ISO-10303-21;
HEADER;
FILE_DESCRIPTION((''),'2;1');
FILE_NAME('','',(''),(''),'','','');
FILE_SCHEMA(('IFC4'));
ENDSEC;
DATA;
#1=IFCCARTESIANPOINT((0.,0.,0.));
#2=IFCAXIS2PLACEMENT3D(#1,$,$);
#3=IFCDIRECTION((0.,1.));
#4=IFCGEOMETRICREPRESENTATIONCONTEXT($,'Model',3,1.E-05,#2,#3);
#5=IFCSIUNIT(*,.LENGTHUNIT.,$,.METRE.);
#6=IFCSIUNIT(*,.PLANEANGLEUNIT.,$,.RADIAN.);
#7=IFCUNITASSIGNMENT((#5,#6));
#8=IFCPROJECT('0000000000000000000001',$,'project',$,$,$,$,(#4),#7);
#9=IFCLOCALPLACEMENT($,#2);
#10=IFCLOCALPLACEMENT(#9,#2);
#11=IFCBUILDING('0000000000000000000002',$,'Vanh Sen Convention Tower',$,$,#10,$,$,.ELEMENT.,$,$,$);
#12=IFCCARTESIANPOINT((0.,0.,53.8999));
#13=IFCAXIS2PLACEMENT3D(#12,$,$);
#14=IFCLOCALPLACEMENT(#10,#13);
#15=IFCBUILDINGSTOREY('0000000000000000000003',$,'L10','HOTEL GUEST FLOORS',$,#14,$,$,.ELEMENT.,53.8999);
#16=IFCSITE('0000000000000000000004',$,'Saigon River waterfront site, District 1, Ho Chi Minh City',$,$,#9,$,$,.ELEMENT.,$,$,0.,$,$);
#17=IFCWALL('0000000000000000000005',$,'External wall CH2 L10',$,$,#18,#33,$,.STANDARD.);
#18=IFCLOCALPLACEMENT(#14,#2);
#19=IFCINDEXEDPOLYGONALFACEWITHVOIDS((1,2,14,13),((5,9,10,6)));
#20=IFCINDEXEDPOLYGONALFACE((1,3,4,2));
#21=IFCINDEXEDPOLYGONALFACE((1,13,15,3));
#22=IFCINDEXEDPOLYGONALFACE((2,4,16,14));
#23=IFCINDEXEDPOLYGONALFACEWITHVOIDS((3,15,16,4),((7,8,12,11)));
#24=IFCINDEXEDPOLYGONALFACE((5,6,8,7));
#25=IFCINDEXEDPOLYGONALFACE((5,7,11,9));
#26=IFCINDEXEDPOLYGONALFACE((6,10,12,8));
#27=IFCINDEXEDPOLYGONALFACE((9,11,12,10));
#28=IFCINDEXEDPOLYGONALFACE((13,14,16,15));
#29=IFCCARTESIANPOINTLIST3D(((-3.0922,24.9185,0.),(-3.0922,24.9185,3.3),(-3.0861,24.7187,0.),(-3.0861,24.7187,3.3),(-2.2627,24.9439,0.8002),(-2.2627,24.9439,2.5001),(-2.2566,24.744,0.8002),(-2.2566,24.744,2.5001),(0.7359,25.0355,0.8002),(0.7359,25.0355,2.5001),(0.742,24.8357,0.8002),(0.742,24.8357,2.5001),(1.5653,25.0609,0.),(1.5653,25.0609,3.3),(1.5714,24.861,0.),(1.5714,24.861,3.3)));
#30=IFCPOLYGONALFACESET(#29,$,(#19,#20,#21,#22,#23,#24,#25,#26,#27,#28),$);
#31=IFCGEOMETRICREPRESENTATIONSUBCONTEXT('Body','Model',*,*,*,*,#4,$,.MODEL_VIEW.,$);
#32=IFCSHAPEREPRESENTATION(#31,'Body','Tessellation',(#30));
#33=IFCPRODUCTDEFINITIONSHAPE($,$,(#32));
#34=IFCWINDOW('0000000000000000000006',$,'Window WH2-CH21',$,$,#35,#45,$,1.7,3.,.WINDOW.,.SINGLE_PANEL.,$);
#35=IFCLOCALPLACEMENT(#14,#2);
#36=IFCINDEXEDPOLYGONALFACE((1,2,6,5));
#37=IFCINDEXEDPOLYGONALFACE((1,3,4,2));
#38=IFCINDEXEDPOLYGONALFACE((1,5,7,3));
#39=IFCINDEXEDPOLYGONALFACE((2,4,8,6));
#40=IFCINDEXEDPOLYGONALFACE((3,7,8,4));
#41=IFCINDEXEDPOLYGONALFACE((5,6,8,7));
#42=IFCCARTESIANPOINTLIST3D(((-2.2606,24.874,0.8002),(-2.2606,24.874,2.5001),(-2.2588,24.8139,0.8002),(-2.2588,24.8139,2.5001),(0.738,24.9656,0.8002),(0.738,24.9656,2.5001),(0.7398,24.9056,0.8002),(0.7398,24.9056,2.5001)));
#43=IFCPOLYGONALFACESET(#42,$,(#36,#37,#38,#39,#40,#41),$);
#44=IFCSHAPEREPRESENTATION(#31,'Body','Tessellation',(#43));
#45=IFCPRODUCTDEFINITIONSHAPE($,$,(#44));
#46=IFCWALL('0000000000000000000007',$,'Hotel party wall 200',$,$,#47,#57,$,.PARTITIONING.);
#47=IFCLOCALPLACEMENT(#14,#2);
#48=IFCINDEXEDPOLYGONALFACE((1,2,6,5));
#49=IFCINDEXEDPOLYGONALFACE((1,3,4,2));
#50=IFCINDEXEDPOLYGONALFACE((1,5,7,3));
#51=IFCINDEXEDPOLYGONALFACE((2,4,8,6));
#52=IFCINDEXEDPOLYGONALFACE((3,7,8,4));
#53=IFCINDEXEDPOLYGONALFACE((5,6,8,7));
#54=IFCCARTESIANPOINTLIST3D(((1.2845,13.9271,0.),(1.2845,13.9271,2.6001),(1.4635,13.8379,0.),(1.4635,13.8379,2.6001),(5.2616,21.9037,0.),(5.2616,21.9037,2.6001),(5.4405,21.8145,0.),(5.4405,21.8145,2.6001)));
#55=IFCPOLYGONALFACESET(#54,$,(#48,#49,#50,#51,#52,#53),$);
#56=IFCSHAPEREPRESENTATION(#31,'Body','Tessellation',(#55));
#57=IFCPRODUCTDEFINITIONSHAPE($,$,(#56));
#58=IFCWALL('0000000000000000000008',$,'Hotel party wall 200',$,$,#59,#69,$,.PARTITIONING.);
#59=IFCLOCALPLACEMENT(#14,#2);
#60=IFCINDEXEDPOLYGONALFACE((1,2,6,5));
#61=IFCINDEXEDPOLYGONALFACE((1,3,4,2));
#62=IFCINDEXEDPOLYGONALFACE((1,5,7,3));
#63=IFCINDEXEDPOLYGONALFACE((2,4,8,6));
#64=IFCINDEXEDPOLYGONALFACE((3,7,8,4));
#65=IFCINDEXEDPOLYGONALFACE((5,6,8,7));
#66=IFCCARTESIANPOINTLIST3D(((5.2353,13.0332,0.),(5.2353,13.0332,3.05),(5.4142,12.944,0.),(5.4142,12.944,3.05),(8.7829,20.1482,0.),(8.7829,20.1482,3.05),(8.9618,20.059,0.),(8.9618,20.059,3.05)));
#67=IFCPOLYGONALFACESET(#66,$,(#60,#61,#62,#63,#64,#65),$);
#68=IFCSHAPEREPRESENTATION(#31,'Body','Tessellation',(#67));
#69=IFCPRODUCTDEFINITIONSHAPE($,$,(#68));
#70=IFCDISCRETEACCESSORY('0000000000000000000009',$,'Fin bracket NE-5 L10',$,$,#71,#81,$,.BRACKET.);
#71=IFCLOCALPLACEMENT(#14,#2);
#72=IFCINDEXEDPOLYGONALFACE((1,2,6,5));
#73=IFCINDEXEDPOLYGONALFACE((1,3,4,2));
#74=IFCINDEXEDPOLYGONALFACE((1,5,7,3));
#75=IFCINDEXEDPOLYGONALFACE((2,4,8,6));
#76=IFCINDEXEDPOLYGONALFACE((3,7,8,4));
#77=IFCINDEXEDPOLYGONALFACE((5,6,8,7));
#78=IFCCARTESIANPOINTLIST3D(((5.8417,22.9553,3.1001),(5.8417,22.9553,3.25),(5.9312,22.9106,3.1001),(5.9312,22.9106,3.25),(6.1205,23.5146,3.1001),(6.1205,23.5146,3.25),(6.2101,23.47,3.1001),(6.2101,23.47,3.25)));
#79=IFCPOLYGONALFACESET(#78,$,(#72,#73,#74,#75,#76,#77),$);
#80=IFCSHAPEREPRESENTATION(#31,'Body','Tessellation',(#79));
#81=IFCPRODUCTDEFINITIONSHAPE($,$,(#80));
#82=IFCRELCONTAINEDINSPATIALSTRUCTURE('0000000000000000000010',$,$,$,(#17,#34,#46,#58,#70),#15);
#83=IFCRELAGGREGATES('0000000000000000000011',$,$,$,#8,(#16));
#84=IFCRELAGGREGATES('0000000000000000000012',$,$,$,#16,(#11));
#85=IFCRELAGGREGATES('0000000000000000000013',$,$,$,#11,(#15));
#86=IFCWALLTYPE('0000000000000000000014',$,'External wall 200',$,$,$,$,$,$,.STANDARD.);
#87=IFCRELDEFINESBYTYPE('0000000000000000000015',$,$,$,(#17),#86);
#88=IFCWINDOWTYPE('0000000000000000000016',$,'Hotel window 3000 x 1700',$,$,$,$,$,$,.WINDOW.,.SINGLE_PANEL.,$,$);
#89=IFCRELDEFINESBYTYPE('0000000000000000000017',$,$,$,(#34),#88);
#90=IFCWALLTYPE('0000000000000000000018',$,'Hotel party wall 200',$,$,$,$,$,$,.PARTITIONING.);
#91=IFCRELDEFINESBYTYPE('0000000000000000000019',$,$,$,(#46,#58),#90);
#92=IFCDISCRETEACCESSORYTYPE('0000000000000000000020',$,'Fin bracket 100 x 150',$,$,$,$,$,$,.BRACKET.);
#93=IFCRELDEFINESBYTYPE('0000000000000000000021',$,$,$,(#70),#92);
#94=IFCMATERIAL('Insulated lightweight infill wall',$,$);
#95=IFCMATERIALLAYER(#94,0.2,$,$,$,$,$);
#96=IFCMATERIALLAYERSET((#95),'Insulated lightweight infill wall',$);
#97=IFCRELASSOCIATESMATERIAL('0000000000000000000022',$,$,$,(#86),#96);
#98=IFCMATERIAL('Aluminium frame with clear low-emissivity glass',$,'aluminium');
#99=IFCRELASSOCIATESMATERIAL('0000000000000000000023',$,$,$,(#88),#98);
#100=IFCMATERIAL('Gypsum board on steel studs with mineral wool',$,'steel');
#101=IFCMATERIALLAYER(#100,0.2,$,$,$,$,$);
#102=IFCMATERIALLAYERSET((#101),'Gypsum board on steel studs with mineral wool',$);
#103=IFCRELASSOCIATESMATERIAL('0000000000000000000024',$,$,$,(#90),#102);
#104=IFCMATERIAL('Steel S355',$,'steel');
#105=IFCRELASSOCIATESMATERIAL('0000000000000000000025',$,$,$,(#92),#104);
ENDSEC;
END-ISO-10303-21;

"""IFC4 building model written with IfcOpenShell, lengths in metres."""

from ifc_helpers import new_model, si_unit, direction, frame, frame_2d, origin, origin_2d, place, context, subcontext, project, spatial, rectangle, extrude, material, layer, layer_set, type_object, element, fill, save


model = new_model("IFC4")

# Units and contexts
model_context = context("Model", 3, precision=1e-05, world=origin(), true_north=direction((0.0, 1.0)))
body_context = subcontext(model_context, "Body", "Model", "MODEL_VIEW")
ifc_project = project(units=[si_unit("LENGTHUNIT", "METRE"), si_unit("PLANEANGLEUNIT", "RADIAN")], contexts=[model_context])

# Site, building, storey
site_placement = place(None, origin())
site = spatial("IfcSite", under=ifc_project, at=site_placement, Name="Saigon River waterfront site, District 1, Ho Chi Minh City", CompositionType="ELEMENT", RefElevation=0.0)
building_placement = place(site_placement, origin())
building = spatial("IfcBuilding", under=site, at=building_placement, Name="Vanh Sen Convention Tower", CompositionType="ELEMENT")
storey_placement = place(building_placement, frame((0.0, 0.0, 53.8999)))
storey = spatial("IfcBuildingStorey", under=building, at=storey_placement, Name="L10", Description="HOTEL GUEST FLOORS", CompositionType="ELEMENT", Elevation=53.8999)

# Shared definitions
ifc_material_1 = material(Name="Gypsum board on steel studs with mineral wool", Category="steel")

# Wall, opening, window
ifc_material_2 = material(Name="Insulated lightweight infill wall")
ifc_layer_1 = layer(ifc_material_2, 0.2)
ifc_layer_set_1 = layer_set([ifc_layer_1], Name="Insulated lightweight infill wall")
wall_type_1 = type_object("IfcWallType", Name="External wall 200", PredefinedType="STANDARD", material=ifc_layer_set_1)
wall_1_placement = place(storey_placement, frame((1.5684, 24.9609, 0.0), z_axis=(0.0, 0.0, 1.0), x_axis=(-0.999533, -0.030546, 0.0)))
wall_1 = element("IfcWall", 1, at=wall_1_placement, inside=storey, type_object=wall_type_1, Name="External wall CH2 L10", PredefinedType="STANDARD", context=body_context, shape_type="SweptSolid", body=[
    extrude(rectangle(XDim=4.6597, YDim=0.2, at=frame_2d((2.3298, 0.0))), origin(), (0.0, 0.0, 1.0), 3.3),
])
opening_1_placement = place(wall_1_placement, frame((0.8298, 0.0, 0.8)))
opening_1 = element("IfcOpeningElement", 2, at=opening_1_placement, cuts=wall_1, PredefinedType="OPENING", context=body_context, shape_type="SweptSolid", body=[
    extrude(rectangle(XDim=3.0, YDim=1.7, at=frame_2d((1.5, 0.8501))), frame((0.0, 0.1099, 0.0), z_axis=(0.0, -1.0, 0.0), x_axis=(1.0, 0.0, 0.0)), (0.0, 0.0, 1.0), 0.22),
])
ifc_material_3 = material(Name="Aluminium frame with clear low-emissivity glass", Category="aluminium")
window_type = type_object("IfcWindowType", Name="Hotel window 3000 x 1700", PartitioningType="SINGLE_PANEL", PredefinedType="WINDOW", material=ifc_material_3)
window_placement = place(opening_1_placement, origin())
window = element("IfcWindow", 3, at=window_placement, inside=storey, type_object=window_type, Name="Window WH2-CH21", OverallHeight=1.7, OverallWidth=3.0, PartitioningType="SINGLE_PANEL", PredefinedType="WINDOW", context=body_context, shape_type="SweptSolid", body=[
    extrude(rectangle(XDim=3.0, YDim=1.7, at=frame_2d((1.5, 0.8501))), frame((0.0, 0.03, 0.0), z_axis=(0.0, -1.0, 0.0), x_axis=(1.0, 0.0, 0.0)), (0.0, 0.0, 1.0), 0.0601),
])
fill(opening_1, window)

# Walls
ifc_layer_2 = layer(ifc_material_1, 0.2)
ifc_layer_set_2 = layer_set([ifc_layer_2], Name="Gypsum board on steel studs with mineral wool")
wall_type_2 = type_object("IfcWallType", Name="Hotel party wall 200", PredefinedType="PARTITIONING", material=ifc_layer_set_2)
wall_2_placement = place(storey_placement, frame((5.3511, 21.8591, 0.0), z_axis=(0.0, 0.0, 1.0), x_axis=(-0.446205, -0.894931, 0.0)))
element("IfcWall", 4, at=wall_2_placement, inside=storey, type_object=wall_type_2, Name="Hotel party wall 200", PredefinedType="PARTITIONING", context=body_context, shape_type="SweptSolid", body=[
    extrude(rectangle(XDim=8.9131, YDim=0.2, at=frame_2d((4.4565, 0.0))), origin(), (0.0, 0.0, 1.0), 2.6001),
])
wall_3_placement = place(storey_placement, frame((8.8723, 20.1035, 0.0), z_axis=(0.0, 0.0, 1.0), x_axis=(-0.446218, -0.894924, 0.0)))
element("IfcWall", 5, at=wall_3_placement, inside=storey, type_object=wall_type_2, Name="Hotel party wall 200", PredefinedType="PARTITIONING", context=body_context, shape_type="SweptSolid", body=[
    extrude(rectangle(XDim=7.9504, YDim=0.2, at=frame_2d((3.9751, 0.0))), origin(), (0.0, 0.0, 1.0), 3.05),
])

# Discrete accessory
ifc_material_4 = material(Name="Steel S355", Category="steel")
discrete_accessory_type = type_object("IfcDiscreteAccessoryType", Name="Fin bracket 100 x 150", PredefinedType="BRACKET", material=ifc_material_4)
discrete_accessory_placement = place(storey_placement, frame((6.0259, 23.2126, 3.1001), z_axis=(0.0, 0.0, 1.0), x_axis=(0.446198, 0.894934, 0.0)))
element("IfcDiscreteAccessory", 6, at=discrete_accessory_placement, inside=storey, type_object=discrete_accessory_type, Name="Fin bracket NE-5 L10", PredefinedType="BRACKET", context=body_context, shape_type="SweptSolid", body=[
    extrude(rectangle(XDim=0.625, YDim=0.1001, at=origin_2d()), origin(), (0.0, 0.0, 1.0), 0.1499),
])

save(model, "model.ifc")
